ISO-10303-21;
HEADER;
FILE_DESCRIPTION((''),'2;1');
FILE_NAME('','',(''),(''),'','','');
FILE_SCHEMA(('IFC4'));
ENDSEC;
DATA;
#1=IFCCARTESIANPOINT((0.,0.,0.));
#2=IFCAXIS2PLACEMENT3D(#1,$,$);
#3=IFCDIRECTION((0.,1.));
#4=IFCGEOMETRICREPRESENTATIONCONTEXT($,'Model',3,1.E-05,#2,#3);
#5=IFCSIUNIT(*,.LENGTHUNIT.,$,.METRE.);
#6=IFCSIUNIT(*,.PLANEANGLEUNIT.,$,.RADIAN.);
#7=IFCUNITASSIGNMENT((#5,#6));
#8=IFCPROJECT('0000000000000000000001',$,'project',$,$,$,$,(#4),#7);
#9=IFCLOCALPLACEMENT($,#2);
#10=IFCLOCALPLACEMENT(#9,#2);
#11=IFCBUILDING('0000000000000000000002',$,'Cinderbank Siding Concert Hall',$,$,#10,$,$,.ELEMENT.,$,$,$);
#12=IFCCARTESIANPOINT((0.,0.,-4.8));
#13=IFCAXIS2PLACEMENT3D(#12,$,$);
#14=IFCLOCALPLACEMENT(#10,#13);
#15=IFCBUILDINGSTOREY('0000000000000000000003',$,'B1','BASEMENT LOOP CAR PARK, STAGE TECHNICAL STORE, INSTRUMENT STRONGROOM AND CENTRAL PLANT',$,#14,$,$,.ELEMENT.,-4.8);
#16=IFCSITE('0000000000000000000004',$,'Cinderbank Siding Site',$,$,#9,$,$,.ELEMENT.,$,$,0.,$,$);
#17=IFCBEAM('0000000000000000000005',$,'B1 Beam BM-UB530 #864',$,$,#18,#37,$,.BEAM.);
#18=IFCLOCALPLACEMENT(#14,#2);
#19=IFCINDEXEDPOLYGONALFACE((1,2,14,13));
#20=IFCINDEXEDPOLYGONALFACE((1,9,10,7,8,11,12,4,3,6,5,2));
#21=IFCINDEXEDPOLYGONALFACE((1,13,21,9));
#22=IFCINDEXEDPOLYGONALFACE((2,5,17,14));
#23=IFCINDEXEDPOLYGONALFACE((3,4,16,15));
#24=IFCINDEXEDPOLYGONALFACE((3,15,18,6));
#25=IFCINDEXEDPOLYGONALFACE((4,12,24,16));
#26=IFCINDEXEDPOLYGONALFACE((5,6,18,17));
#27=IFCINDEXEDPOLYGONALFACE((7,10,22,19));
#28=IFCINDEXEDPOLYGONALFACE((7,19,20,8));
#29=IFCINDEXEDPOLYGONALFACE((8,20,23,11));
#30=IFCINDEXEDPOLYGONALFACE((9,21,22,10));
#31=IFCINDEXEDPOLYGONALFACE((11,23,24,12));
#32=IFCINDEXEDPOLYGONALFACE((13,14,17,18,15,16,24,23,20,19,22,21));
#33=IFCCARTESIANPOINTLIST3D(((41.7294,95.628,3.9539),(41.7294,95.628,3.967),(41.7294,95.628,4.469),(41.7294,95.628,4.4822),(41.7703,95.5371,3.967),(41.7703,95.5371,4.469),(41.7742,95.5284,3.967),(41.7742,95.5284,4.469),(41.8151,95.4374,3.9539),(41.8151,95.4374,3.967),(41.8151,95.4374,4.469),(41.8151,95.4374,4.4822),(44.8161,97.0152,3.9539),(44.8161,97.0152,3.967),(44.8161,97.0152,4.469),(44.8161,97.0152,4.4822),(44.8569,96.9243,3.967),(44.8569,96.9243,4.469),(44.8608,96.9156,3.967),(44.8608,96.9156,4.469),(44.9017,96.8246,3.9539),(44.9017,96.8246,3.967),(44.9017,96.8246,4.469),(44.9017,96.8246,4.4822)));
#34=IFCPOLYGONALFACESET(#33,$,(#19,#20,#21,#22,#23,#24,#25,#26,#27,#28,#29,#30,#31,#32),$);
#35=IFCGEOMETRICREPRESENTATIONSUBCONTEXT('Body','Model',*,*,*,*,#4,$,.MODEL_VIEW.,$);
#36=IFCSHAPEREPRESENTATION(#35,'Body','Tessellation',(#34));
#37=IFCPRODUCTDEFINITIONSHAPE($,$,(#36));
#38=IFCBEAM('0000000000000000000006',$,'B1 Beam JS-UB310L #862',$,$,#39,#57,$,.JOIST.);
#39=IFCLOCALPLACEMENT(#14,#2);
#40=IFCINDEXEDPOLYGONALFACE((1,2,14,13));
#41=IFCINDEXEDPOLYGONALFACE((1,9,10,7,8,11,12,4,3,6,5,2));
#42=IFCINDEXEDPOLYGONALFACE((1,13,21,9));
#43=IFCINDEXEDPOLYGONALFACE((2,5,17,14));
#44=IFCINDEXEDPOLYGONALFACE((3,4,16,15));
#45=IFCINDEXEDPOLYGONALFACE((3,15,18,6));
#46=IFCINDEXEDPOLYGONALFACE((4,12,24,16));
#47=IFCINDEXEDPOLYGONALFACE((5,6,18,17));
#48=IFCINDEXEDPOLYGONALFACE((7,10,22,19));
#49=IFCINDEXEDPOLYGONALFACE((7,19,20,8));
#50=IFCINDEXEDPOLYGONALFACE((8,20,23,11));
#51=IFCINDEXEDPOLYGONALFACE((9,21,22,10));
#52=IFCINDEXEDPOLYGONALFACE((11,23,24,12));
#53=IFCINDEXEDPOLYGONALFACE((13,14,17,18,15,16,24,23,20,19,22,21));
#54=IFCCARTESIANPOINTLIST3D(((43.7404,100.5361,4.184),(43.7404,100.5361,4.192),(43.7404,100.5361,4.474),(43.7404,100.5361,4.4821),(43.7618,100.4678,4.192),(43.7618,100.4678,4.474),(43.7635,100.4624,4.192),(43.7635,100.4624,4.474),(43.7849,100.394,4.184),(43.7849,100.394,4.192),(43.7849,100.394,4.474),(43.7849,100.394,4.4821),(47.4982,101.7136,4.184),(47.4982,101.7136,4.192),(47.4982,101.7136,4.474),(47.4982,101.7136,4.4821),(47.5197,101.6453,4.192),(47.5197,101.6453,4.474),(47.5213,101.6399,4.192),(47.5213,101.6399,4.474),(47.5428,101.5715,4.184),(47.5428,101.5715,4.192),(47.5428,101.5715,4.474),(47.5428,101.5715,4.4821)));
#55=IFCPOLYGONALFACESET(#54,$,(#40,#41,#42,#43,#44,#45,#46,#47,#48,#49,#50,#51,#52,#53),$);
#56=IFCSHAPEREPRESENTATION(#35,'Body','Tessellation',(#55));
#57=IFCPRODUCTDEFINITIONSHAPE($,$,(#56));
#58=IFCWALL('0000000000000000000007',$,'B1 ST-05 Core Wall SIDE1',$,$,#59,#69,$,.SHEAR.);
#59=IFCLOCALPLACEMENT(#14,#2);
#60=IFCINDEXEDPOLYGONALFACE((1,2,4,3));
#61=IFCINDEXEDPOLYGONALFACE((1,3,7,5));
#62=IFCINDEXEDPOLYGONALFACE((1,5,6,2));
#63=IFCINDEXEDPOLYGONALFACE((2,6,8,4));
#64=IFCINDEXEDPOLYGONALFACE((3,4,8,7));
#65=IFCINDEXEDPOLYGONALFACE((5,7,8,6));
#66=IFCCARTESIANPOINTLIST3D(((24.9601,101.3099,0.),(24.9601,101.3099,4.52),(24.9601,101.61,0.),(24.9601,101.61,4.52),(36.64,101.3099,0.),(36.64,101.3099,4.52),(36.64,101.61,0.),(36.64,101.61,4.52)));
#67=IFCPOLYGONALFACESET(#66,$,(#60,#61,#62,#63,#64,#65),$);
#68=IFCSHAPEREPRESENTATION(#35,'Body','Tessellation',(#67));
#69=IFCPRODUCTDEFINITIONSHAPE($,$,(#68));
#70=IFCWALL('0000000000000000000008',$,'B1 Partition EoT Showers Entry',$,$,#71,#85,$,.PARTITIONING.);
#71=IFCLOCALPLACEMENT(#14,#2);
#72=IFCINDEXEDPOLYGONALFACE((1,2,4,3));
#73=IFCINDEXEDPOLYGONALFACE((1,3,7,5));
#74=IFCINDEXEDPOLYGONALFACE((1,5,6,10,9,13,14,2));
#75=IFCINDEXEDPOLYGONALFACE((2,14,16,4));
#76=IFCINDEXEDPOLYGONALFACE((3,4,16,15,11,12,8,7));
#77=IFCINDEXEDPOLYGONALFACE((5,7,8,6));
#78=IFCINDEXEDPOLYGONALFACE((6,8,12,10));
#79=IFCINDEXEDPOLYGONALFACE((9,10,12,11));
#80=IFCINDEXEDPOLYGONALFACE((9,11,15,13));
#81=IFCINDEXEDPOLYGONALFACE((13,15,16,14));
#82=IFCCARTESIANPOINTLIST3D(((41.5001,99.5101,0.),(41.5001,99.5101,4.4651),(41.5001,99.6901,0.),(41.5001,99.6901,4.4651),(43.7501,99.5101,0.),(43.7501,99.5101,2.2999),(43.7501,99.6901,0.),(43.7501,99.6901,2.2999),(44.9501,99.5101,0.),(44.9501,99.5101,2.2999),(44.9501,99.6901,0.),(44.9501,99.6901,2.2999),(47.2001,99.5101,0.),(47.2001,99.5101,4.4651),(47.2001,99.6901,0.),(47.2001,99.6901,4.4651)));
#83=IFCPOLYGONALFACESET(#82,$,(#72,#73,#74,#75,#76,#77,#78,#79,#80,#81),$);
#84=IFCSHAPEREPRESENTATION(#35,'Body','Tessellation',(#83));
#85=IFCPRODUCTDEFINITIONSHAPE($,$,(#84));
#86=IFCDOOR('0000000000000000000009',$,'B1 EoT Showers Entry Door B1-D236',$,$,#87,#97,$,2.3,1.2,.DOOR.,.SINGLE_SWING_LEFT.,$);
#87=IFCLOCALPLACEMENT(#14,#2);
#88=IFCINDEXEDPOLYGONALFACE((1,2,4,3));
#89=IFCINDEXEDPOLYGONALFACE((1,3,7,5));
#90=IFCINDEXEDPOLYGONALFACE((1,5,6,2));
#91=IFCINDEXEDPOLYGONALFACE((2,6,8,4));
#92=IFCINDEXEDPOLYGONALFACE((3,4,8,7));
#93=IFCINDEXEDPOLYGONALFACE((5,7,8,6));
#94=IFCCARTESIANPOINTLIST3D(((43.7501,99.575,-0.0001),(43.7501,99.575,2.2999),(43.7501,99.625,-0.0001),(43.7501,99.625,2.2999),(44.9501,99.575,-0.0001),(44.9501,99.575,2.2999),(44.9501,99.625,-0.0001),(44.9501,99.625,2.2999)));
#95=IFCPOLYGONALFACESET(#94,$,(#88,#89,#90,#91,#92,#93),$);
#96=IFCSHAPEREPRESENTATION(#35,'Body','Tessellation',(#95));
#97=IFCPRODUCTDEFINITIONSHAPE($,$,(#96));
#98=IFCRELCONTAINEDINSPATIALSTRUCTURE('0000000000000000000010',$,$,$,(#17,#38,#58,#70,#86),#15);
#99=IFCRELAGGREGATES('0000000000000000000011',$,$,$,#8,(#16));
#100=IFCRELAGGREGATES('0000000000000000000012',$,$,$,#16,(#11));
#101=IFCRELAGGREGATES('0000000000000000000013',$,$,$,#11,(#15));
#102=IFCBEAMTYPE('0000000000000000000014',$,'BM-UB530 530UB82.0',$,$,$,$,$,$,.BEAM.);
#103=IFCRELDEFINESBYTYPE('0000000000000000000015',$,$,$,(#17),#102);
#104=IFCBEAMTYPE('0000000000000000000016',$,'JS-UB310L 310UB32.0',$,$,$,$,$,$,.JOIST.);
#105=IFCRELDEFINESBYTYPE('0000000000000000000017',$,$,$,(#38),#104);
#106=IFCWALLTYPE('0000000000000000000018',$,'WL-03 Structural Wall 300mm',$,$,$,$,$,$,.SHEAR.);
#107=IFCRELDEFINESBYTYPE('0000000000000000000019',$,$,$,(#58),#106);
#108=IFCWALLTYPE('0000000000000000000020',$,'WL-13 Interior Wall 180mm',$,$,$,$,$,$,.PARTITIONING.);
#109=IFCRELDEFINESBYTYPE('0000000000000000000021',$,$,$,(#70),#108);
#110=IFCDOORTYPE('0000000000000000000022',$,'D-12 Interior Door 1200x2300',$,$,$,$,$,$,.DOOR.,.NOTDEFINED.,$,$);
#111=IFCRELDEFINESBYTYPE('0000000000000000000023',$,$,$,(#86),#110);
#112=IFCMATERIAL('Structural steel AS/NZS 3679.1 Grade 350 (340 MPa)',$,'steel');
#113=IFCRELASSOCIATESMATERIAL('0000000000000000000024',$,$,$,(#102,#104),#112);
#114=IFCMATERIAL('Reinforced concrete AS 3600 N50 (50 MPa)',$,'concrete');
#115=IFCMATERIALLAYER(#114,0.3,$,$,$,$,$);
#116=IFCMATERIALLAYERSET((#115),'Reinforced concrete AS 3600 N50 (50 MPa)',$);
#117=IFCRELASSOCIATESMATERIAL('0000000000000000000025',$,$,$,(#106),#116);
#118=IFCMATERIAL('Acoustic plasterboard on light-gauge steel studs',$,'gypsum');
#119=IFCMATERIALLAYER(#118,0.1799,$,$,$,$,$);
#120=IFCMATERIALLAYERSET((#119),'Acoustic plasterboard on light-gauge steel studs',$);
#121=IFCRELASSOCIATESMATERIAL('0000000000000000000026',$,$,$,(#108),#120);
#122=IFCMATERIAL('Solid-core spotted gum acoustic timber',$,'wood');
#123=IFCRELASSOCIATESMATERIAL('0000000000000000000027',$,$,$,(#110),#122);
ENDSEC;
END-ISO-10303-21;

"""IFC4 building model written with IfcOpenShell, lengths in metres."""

from ifc_helpers import new_model, si_unit, direction, frame, frame_2d, origin, origin_2d, place, context, subcontext, project, spatial, rectangle, i_section, extrude, material, layer, layer_set, material_profile, profile_set, type_object, element, fill, save


model = new_model("IFC4")

# Units and contexts
model_context = context("Model", 3, precision=1e-05, world=origin(), true_north=direction((0.0, 1.0)))
body_context = subcontext(model_context, "Body", "Model", "MODEL_VIEW")
ifc_project = project(units=[si_unit("LENGTHUNIT", "METRE"), si_unit("PLANEANGLEUNIT", "RADIAN")], contexts=[model_context])

# Site, building, storey
site_placement = place(None, origin())
site = spatial("IfcSite", under=ifc_project, at=site_placement, Name="Cinderbank Siding Site", CompositionType="ELEMENT", RefElevation=0.0)
building_placement = place(site_placement, origin())
building = spatial("IfcBuilding", under=site, at=building_placement, Name="Cinderbank Siding Concert Hall", CompositionType="ELEMENT")
storey_placement = place(building_placement, frame((0.0, 0.0, -4.8)))
storey = spatial("IfcBuildingStorey", under=building, at=storey_placement, Name="B1", Description="BASEMENT LOOP CAR PARK, STAGE TECHNICAL STORE, INSTRUMENT STRONGROOM AND CENTRAL PLANT", CompositionType="ELEMENT", Elevation=-4.8)

# Shared definitions
ifc_material_1 = material(Name="Reinforced concrete AS 3600 N50 (50 MPa)", Category="concrete")
ifc_material_2 = material(Name="Structural steel AS/NZS 3679.1 Grade 350 (340 MPa)", Category="steel")

# Beams
ifc_material_profile_1 = material_profile(ifc_material_2, i_section(OverallWidth=0.209, OverallDepth=0.5283, WebThickness=0.0095, FlangeThickness=0.0132, at=origin_2d()), Name="530UB82.0", Category="LoadBearing")
ifc_profile_set_1 = profile_set([ifc_material_profile_1], Name="Structural steel AS/NZS 3679.1 Grade 350 (340 MPa)")
beam_type_1 = type_object("IfcBeamType", Name="BM-UB530 530UB82.0", PredefinedType="BEAM", material=ifc_profile_set_1)
beam_1_placement = place(storey_placement, frame((44.8589, 96.9199, 4.218), z_axis=(-0.91212, -0.409924, 0.0), x_axis=(0.409924, -0.91212, 0.0)))
element("IfcBeam", 1, at=beam_1_placement, inside=storey, type_object=beam_type_1, Name="B1 Beam BM-UB530 #864", PredefinedType="BEAM", context=body_context, shape_type="SweptSolid", body=[
    extrude(i_section(OverallWidth=0.209, OverallDepth=0.5283, WebThickness=0.0095, FlangeThickness=0.0132, at=origin_2d()), origin(), (0.0, 0.0, 1.0), 3.384),
])
ifc_material_profile_2 = material_profile(ifc_material_2, i_section(OverallWidth=0.1489, OverallDepth=0.2981, WebThickness=0.0056, FlangeThickness=0.0081, at=origin_2d()), Name="310UB32.0", Category="LoadBearing")
ifc_profile_set_2 = profile_set([ifc_material_profile_2], Name="Structural steel AS/NZS 3679.1 Grade 350 (340 MPa)")
beam_type_2 = type_object("IfcBeamType", Name="JS-UB310L 310UB32.0", PredefinedType="JOIST", material=ifc_profile_set_2)
beam_2_placement = place(storey_placement, frame((47.5205, 101.6426, 4.333), z_axis=(-0.95425, -0.299009, 0.0), x_axis=(0.299009, -0.95425, 0.0)))
element("IfcBeam", 2, at=beam_2_placement, inside=storey, type_object=beam_type_2, Name="B1 Beam JS-UB310L #862", PredefinedType="JOIST", context=body_context, shape_type="SweptSolid", body=[
    extrude(i_section(OverallWidth=0.1489, OverallDepth=0.2981, WebThickness=0.0056, FlangeThickness=0.0081, at=origin_2d()), origin(), (0.0, 0.0, 1.0), 3.938),
])

# Wall
ifc_layer_1 = layer(ifc_material_1, 0.3)
ifc_layer_set_1 = layer_set([ifc_layer_1], Name="Reinforced concrete AS 3600 N50 (50 MPa)")
wall_type_1 = type_object("IfcWallType", Name="WL-03 Structural Wall 300mm", PredefinedType="SHEAR", material=ifc_layer_set_1)
wall_1_placement = place(storey_placement, frame((36.6399, 101.46, 0.0), z_axis=(0.0, 0.0, 1.0), x_axis=(-1.0, 0.0, 0.0)))
element("IfcWall", 3, at=wall_1_placement, inside=storey, type_object=wall_type_1, Name="B1 ST-05 Core Wall SIDE1", PredefinedType="SHEAR", context=body_context, shape_type="SweptSolid", body=[
    extrude(rectangle(XDim=11.6799, YDim=0.3, at=frame_2d((5.8398, 0.0))), origin(), (0.0, 0.0, 1.0), 4.52),
])

# Wall, opening, door
ifc_material_3 = material(Name="Acoustic plasterboard on light-gauge steel studs", Category="gypsum")
ifc_layer_2 = layer(ifc_material_3, 0.1799)
ifc_layer_set_2 = layer_set([ifc_layer_2], Name="Acoustic plasterboard on light-gauge steel studs")
wall_type_2 = type_object("IfcWallType", Name="WL-13 Interior Wall 180mm", PredefinedType="PARTITIONING", material=ifc_layer_set_2)
wall_2_placement = place(storey_placement, frame((41.5, 99.6001, 0.0), z_axis=(0.0, 0.0, 1.0), x_axis=(1.0, 0.0, 0.0)))
wall_2 = element("IfcWall", 4, at=wall_2_placement, inside=storey, type_object=wall_type_2, Name="B1 Partition EoT Showers Entry", PredefinedType="PARTITIONING", context=body_context, shape_type="SweptSolid", body=[
    extrude(rectangle(XDim=5.7, YDim=0.1799, at=frame_2d((2.8501, 0.0))), origin(), (0.0, 0.0, 1.0), 4.4651),
])
opening_placement = place(wall_2_placement, frame((2.25, 0.0, 0.0)))
opening = element("IfcOpeningElement", 5, at=opening_placement, cuts=wall_2, PredefinedType="OPENING", context=body_context, shape_type="SweptSolid", body=[
    extrude(rectangle(XDim=1.2, YDim=2.3, at=frame_2d((0.6001, 1.1499))), frame((0.0, 0.1021, 0.0), z_axis=(0.0, -1.0, 0.0), x_axis=(1.0, 0.0, 0.0)), (0.0, 0.0, 1.0), 0.2039),
])
ifc_material_4 = material(Name="Solid-core spotted gum acoustic timber", Category="wood")
door_type = type_object("IfcDoorType", Name="D-12 Interior Door 1200x2300", OperationType="NOTDEFINED", PredefinedType="DOOR", material=ifc_material_4)
door_placement = place(opening_placement, origin())
door = element("IfcDoor", 6, at=door_placement, inside=storey, type_object=door_type, Name="B1 EoT Showers Entry Door B1-D236", OperationType="SINGLE_SWING_LEFT", OverallHeight=2.3, OverallWidth=1.2, PredefinedType="DOOR", context=body_context, shape_type="SweptSolid", body=[
    extrude(rectangle(XDim=1.2, YDim=2.3, at=frame_2d((0.6001, 1.1499))), frame((0.0, 0.0249, 0.0), z_axis=(0.0, -1.0, 0.0), x_axis=(1.0, 0.0, 0.0)), (0.0, 0.0, 1.0), 0.05),
])
fill(opening, door)

save(model, "model.ifc")
